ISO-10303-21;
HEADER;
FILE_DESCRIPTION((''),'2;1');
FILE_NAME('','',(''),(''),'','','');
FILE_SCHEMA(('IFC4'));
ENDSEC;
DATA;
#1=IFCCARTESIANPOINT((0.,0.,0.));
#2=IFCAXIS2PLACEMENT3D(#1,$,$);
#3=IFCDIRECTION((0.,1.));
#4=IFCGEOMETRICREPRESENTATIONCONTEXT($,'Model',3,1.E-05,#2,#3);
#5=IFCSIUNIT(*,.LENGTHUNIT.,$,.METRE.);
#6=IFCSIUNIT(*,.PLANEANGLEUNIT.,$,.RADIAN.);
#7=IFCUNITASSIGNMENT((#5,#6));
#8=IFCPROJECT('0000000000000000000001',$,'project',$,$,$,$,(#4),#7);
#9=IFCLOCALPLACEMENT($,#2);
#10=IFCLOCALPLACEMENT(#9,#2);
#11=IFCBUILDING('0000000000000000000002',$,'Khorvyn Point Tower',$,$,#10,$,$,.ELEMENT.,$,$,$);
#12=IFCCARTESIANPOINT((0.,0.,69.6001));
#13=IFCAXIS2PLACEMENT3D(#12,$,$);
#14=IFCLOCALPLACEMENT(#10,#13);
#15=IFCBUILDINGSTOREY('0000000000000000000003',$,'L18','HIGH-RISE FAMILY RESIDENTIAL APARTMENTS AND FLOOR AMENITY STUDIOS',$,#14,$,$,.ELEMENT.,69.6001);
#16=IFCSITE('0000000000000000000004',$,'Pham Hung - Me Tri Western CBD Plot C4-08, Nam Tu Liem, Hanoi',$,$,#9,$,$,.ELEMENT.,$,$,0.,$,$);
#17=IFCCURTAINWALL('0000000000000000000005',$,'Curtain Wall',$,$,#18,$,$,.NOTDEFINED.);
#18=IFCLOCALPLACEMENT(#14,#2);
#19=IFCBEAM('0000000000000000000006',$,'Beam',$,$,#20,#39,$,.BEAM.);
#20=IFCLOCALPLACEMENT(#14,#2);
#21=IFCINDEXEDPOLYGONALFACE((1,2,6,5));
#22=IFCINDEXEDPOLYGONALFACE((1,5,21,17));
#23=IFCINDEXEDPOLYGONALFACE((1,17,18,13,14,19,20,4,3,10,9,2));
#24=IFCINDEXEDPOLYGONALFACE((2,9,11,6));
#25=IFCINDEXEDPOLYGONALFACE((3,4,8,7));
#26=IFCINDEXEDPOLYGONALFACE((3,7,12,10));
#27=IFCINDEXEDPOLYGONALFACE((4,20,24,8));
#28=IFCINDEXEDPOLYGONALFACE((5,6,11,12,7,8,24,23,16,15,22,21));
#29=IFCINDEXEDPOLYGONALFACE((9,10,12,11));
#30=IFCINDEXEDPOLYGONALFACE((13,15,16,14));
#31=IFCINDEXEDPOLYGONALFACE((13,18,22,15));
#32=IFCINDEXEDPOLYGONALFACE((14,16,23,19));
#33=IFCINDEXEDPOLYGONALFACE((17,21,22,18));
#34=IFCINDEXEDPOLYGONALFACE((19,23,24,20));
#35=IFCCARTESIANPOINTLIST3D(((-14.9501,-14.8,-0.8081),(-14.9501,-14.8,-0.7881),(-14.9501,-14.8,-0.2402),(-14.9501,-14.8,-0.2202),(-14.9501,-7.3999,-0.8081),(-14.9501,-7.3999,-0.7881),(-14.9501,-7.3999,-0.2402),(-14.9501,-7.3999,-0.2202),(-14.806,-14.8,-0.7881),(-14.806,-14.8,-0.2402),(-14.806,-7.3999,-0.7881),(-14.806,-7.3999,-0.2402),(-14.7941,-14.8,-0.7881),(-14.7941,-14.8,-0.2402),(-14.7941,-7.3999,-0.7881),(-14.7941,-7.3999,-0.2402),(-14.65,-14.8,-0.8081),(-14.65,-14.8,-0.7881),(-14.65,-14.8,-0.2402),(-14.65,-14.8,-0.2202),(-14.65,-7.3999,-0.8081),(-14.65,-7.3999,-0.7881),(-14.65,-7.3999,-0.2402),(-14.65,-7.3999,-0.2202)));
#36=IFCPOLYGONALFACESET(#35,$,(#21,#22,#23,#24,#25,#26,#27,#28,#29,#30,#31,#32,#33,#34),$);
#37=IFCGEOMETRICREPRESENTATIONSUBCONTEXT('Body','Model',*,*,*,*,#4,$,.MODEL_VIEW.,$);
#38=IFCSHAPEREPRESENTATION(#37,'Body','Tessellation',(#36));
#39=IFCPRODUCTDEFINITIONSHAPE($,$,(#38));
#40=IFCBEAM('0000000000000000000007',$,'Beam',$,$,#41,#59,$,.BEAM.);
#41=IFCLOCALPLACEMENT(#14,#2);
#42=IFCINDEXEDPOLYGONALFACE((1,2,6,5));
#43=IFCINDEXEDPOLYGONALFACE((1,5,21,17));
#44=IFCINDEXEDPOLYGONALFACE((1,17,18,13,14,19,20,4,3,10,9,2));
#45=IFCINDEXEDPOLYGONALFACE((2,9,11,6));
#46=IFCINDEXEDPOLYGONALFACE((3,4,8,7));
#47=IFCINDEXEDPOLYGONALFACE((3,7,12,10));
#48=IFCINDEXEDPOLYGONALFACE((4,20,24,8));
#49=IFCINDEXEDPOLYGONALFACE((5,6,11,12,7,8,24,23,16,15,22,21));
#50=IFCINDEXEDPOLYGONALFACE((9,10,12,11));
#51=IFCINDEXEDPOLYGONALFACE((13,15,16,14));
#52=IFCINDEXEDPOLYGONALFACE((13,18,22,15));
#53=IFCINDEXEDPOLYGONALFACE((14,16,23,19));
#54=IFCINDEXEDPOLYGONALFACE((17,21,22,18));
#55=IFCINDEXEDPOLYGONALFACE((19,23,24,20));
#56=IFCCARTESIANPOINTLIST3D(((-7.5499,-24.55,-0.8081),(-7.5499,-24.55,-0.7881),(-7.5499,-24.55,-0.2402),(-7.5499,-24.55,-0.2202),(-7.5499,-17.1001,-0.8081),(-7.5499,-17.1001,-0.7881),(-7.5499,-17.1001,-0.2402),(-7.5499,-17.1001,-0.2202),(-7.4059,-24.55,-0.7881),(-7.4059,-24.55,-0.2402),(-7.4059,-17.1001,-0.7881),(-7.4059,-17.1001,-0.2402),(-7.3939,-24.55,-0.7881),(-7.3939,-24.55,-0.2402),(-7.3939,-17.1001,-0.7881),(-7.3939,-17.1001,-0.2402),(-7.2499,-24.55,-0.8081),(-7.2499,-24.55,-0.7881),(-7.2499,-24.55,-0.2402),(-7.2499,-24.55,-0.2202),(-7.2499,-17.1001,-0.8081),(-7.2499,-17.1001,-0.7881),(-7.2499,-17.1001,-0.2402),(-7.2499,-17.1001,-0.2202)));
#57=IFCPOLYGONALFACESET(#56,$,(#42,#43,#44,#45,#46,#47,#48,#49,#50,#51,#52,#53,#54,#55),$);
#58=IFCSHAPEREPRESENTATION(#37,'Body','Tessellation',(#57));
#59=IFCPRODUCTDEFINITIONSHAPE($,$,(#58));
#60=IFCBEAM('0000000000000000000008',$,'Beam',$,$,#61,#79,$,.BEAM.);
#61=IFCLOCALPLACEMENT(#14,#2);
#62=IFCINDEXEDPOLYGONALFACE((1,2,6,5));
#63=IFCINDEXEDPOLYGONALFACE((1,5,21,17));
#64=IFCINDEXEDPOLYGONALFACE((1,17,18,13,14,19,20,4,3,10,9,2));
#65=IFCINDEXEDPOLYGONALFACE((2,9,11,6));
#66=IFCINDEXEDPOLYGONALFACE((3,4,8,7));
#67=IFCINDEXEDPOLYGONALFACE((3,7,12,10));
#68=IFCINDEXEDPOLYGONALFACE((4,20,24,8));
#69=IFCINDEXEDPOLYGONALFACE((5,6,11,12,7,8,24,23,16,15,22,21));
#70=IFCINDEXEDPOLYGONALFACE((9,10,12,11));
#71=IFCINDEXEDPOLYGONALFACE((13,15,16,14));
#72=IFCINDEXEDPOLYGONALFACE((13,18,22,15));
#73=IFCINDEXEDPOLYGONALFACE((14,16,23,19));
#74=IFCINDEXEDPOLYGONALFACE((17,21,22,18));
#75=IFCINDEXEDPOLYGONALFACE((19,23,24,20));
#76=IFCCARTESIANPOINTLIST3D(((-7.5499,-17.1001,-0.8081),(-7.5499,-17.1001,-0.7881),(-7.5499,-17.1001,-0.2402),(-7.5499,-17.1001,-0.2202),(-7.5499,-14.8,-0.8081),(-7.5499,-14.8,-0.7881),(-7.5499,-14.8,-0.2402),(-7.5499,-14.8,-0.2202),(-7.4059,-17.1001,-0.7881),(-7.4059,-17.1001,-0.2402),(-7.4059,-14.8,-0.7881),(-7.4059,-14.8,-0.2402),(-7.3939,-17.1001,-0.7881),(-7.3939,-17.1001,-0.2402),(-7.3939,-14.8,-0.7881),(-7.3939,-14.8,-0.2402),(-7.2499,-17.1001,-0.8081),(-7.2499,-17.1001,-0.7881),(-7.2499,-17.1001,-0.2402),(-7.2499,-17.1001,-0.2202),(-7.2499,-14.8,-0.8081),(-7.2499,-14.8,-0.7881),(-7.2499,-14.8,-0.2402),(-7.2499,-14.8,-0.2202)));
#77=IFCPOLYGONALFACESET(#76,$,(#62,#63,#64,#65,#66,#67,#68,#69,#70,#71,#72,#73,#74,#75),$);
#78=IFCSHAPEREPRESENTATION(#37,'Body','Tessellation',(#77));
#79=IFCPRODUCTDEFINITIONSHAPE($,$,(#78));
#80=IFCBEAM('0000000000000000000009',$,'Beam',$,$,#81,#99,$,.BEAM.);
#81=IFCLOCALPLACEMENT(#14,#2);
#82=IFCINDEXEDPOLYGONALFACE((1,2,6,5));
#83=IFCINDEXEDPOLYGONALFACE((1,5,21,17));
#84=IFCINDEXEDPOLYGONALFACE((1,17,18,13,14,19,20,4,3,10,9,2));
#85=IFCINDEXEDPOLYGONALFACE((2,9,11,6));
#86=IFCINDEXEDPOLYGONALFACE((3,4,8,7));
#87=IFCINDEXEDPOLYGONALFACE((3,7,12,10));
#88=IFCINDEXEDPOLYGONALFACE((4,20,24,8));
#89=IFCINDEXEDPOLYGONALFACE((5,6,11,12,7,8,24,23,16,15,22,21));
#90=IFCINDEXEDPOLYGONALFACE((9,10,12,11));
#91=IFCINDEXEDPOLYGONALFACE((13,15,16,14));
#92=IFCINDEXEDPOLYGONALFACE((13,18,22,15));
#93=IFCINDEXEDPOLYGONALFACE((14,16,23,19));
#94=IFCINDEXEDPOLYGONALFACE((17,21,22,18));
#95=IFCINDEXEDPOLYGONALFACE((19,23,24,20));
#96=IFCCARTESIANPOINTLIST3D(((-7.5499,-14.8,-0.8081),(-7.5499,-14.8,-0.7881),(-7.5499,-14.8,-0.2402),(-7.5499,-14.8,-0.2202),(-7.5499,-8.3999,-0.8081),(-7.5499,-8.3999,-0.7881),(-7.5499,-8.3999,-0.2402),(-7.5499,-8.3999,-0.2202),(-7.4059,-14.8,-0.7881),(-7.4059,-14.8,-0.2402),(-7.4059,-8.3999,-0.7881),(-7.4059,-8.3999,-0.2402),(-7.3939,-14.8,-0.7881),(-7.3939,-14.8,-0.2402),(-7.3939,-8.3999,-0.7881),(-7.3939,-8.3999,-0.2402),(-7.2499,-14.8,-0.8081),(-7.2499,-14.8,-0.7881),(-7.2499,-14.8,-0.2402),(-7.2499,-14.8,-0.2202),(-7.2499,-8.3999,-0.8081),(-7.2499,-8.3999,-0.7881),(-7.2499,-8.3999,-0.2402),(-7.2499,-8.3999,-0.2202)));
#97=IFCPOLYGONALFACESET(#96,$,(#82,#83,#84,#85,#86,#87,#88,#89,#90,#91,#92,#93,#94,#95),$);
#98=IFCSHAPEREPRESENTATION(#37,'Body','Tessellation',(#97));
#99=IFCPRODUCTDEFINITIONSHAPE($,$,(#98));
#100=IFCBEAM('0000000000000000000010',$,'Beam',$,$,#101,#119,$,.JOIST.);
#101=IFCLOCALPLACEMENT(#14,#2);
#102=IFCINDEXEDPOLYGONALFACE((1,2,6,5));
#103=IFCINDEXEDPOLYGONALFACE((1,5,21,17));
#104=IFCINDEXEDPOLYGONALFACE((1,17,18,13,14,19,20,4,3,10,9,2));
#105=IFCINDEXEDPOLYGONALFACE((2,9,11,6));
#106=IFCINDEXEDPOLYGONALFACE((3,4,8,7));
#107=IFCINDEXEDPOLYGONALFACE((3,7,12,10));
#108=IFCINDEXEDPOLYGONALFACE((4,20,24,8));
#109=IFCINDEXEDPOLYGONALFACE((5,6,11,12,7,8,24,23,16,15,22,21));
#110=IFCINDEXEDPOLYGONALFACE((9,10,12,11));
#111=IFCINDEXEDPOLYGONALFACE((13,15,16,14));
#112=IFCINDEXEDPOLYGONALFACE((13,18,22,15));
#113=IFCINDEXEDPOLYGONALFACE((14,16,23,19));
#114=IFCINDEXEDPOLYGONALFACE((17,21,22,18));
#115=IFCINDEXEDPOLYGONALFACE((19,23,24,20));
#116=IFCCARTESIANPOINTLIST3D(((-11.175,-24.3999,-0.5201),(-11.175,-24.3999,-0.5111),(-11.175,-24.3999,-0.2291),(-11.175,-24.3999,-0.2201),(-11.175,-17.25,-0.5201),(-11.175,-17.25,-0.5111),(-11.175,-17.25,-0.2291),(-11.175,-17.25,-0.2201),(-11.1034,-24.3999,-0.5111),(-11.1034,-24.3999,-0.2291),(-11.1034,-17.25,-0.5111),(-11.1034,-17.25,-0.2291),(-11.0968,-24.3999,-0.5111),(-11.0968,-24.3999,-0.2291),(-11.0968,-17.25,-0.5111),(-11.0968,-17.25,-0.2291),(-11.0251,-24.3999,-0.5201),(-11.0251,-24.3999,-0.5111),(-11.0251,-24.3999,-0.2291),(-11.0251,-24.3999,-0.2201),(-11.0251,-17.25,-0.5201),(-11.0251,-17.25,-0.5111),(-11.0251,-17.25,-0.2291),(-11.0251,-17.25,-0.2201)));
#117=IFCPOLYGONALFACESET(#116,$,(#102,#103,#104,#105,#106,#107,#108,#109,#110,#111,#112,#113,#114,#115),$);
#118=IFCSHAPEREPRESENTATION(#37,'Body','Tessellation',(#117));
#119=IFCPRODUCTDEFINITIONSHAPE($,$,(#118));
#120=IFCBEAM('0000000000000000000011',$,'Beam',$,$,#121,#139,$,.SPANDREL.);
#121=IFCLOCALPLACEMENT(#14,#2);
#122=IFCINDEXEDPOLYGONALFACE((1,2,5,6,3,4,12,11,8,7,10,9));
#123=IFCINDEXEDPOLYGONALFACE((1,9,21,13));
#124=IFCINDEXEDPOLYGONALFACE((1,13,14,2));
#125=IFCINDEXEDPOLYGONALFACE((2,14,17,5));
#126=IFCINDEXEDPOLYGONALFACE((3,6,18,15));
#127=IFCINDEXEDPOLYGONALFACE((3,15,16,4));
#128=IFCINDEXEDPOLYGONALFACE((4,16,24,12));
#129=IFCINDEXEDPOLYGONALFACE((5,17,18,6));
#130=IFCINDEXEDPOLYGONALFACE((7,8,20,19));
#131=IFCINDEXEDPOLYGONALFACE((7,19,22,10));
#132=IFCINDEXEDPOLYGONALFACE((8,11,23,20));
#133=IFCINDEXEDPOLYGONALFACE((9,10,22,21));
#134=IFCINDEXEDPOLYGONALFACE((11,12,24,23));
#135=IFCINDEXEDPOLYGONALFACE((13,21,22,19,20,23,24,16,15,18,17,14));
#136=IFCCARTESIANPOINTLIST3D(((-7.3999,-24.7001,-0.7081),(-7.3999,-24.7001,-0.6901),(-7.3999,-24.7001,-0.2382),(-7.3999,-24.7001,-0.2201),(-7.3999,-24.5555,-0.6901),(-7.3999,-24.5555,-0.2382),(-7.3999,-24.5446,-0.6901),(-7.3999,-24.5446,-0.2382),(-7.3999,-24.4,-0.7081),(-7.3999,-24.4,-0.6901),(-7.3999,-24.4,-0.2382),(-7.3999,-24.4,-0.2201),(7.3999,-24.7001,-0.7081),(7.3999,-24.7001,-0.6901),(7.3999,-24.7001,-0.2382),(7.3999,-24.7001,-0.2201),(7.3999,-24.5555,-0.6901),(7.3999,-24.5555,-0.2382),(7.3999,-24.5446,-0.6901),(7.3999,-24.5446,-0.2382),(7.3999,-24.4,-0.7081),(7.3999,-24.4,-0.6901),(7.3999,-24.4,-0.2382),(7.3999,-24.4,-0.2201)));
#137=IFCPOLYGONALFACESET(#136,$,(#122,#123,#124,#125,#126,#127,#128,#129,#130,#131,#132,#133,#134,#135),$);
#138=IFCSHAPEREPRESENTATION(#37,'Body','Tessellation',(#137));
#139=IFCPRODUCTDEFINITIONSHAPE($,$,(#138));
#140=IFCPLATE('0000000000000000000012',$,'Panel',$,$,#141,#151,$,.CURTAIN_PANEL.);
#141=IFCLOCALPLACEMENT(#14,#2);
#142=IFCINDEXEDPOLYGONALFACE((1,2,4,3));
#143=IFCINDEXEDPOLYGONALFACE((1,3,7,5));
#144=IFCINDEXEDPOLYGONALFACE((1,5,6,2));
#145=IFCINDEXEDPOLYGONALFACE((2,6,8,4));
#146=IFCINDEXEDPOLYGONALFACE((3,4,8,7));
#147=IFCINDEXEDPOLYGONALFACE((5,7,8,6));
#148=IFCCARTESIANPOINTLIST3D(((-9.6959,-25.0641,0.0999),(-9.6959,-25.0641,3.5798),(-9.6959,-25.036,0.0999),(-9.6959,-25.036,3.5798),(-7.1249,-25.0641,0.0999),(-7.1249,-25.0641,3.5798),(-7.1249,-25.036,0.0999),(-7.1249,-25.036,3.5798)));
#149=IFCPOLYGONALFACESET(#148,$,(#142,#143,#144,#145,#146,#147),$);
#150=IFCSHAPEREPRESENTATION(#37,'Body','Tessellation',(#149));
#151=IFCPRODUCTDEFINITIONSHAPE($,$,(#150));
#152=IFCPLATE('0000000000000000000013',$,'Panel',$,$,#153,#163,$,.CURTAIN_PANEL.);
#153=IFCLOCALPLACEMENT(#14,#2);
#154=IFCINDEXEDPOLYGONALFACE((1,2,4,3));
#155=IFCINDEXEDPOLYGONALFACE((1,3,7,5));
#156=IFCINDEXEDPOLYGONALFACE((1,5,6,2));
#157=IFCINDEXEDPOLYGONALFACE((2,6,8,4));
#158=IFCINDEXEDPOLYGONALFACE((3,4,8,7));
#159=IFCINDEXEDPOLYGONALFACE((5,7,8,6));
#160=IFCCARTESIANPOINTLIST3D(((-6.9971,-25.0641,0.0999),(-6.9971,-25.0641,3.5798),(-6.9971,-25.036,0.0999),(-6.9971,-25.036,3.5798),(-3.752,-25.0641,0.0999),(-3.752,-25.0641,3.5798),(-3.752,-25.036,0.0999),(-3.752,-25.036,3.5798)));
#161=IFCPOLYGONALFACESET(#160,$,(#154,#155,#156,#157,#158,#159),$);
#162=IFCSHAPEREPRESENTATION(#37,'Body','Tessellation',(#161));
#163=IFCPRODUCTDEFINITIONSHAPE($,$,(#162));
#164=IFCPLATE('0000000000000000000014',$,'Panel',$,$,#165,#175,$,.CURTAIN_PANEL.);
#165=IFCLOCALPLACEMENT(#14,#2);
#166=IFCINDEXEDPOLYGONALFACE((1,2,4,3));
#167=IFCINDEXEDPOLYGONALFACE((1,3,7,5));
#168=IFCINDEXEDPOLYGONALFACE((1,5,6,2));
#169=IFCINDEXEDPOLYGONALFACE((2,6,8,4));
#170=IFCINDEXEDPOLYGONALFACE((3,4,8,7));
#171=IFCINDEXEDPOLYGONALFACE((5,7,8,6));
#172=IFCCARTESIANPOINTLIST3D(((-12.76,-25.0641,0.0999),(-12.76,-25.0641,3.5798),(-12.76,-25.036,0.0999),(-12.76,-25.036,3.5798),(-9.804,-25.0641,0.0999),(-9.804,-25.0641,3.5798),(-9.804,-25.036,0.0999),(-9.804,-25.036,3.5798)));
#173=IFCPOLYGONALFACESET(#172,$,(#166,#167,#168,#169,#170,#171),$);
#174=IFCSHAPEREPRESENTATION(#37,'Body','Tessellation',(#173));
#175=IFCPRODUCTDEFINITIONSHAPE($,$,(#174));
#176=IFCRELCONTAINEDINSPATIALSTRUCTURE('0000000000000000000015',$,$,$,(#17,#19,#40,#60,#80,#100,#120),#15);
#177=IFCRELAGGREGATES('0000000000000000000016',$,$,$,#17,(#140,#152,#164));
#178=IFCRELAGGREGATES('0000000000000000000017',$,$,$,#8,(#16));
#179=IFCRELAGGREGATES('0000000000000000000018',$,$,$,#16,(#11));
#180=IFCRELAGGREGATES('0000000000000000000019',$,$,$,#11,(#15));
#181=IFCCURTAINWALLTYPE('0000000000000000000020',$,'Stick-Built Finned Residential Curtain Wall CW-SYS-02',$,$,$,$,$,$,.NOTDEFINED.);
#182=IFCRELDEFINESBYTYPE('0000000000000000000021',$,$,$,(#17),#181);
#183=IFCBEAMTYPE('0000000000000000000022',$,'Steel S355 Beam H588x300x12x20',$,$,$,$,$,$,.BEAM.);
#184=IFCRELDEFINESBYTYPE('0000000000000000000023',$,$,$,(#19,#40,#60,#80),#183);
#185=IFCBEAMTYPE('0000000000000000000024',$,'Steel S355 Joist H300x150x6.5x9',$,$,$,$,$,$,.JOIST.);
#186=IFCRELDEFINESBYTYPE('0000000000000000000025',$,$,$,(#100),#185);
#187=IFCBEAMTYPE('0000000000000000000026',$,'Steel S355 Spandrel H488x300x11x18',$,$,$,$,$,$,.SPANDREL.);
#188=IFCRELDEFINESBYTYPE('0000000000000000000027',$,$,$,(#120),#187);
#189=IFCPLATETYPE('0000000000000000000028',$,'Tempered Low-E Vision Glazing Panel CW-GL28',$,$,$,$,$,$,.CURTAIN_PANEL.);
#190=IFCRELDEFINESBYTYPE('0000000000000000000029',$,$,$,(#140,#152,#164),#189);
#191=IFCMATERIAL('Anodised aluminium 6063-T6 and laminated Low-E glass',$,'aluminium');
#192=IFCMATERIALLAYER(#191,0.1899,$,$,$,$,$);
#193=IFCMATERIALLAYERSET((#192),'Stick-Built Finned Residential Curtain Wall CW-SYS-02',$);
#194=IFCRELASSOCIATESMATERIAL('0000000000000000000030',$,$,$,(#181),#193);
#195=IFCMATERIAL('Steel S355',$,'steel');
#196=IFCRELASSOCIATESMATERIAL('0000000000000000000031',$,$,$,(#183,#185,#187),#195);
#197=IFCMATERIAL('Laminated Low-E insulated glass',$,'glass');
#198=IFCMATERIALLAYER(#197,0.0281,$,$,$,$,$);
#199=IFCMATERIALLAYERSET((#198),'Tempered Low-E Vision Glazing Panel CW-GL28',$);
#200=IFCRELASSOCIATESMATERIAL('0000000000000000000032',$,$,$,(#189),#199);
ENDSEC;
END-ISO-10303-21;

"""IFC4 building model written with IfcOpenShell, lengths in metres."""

from ifc_helpers import new_model, si_unit, direction, frame, origin, origin_2d, place, context, subcontext, project, spatial, rectangle, i_section, extrude, material, layer, layer_set, material_profile, profile_set, type_object, element, aggregate, save


model = new_model("IFC4")

# Units and contexts
model_context = context("Model", 3, precision=1e-05, world=origin(), true_north=direction((0.0, 1.0)))
body_context = subcontext(model_context, "Body", "Model", "MODEL_VIEW")
ifc_project = project(units=[si_unit("LENGTHUNIT", "METRE"), si_unit("PLANEANGLEUNIT", "RADIAN")], contexts=[model_context])

# Site, building, storey
site_placement = place(None, origin())
site = spatial("IfcSite", under=ifc_project, at=site_placement, Name="Pham Hung - Me Tri Western CBD Plot C4-08, Nam Tu Liem, Hanoi", CompositionType="ELEMENT", RefElevation=0.0)
building_placement = place(site_placement, origin())
building = spatial("IfcBuilding", under=site, at=building_placement, Name="Khorvyn Point Tower", CompositionType="ELEMENT")
storey_placement = place(building_placement, frame((0.0, 0.0, 69.6001)))
storey = spatial("IfcBuildingStorey", under=building, at=storey_placement, Name="L18", Description="HIGH-RISE FAMILY RESIDENTIAL APARTMENTS AND FLOOR AMENITY STUDIOS", CompositionType="ELEMENT", Elevation=69.6001)

# Curtain wall
ifc_material_1 = material(Name="Anodised aluminium 6063-T6 and laminated Low-E glass", Category="aluminium")
ifc_layer_1 = layer(ifc_material_1, 0.1899)
ifc_layer_set_1 = layer_set([ifc_layer_1], Name="Stick-Built Finned Residential Curtain Wall CW-SYS-02")
curtain_wall_type = type_object("IfcCurtainWallType", Name="Stick-Built Finned Residential Curtain Wall CW-SYS-02", PredefinedType="NOTDEFINED", material=ifc_layer_set_1)
curtain_wall_placement = place(storey_placement, origin())
curtain_wall = element("IfcCurtainWall", 1, at=curtain_wall_placement, inside=storey, type_object=curtain_wall_type, Name="Curtain Wall", PredefinedType="NOTDEFINED")

# Beams
ifc_material_2 = material(Name="Steel S355", Category="steel")
ifc_material_profile_1 = material_profile(ifc_material_2, i_section(OverallWidth=0.3, OverallDepth=0.5879, WebThickness=0.012, FlangeThickness=0.02, at=origin_2d()))
ifc_profile_set_1 = profile_set([ifc_material_profile_1], Name="Steel S355 H588x300x12x20")
beam_type_1 = type_object("IfcBeamType", Name="Steel S355 Beam H588x300x12x20", PredefinedType="BEAM", material=ifc_profile_set_1)
beam_1_placement = place(storey_placement, frame((-14.8, -14.8, -0.5142), z_axis=(0.0, 1.0, 0.0), x_axis=(-1.0, 0.0, 0.0)))
element("IfcBeam", 2, at=beam_1_placement, inside=storey, type_object=beam_type_1, Name="Beam", PredefinedType="BEAM", context=body_context, shape_type="SweptSolid", body=[
    extrude(i_section(OverallWidth=0.3, OverallDepth=0.5879, WebThickness=0.012, FlangeThickness=0.02, at=origin_2d()), origin(), (0.0, 0.0, 1.0), 7.4001),
])
beam_2_placement = place(storey_placement, frame((-7.3999, -24.55, -0.5142), z_axis=(0.0, 1.0, 0.0), x_axis=(-1.0, 0.0, 0.0)))
element("IfcBeam", 3, at=beam_2_placement, inside=storey, type_object=beam_type_1, Name="Beam", PredefinedType="BEAM", context=body_context, shape_type="SweptSolid", body=[
    extrude(i_section(OverallWidth=0.3, OverallDepth=0.5879, WebThickness=0.012, FlangeThickness=0.02, at=origin_2d()), origin(), (0.0, 0.0, 1.0), 7.45),
])
beam_3_placement = place(storey_placement, frame((-7.3999, -17.1001, -0.5142), z_axis=(0.0, 1.0, 0.0), x_axis=(-1.0, 0.0, 0.0)))
element("IfcBeam", 4, at=beam_3_placement, inside=storey, type_object=beam_type_1, Name="Beam", PredefinedType="BEAM", context=body_context, shape_type="SweptSolid", body=[
    extrude(i_section(OverallWidth=0.3, OverallDepth=0.5879, WebThickness=0.012, FlangeThickness=0.02, at=origin_2d()), origin(), (0.0, 0.0, 1.0), 2.3),
])
beam_4_placement = place(storey_placement, frame((-7.3999, -14.8, -0.5142), z_axis=(0.0, 1.0, 0.0), x_axis=(-1.0, 0.0, 0.0)))
element("IfcBeam", 5, at=beam_4_placement, inside=storey, type_object=beam_type_1, Name="Beam", PredefinedType="BEAM", context=body_context, shape_type="SweptSolid", body=[
    extrude(i_section(OverallWidth=0.3, OverallDepth=0.5879, WebThickness=0.012, FlangeThickness=0.02, at=origin_2d()), origin(), (0.0, 0.0, 1.0), 6.4001),
])
ifc_material_profile_2 = material_profile(ifc_material_2, i_section(OverallWidth=0.1499, OverallDepth=0.3, WebThickness=0.0066, FlangeThickness=0.009, at=origin_2d()))
ifc_profile_set_2 = profile_set([ifc_material_profile_2], Name="Steel S355 H300x150x6.5x9")
beam_type_2 = type_object("IfcBeamType", Name="Steel S355 Joist H300x150x6.5x9", PredefinedType="JOIST", material=ifc_profile_set_2)
beam_5_placement = place(storey_placement, frame((-11.1001, -24.3999, -0.3701), z_axis=(0.0, 1.0, 0.0), x_axis=(-1.0, 0.0, 0.0)))
element("IfcBeam", 6, at=beam_5_placement, inside=storey, type_object=beam_type_2, Name="Beam", PredefinedType="JOIST", context=body_context, shape_type="SweptSolid", body=[
    extrude(i_section(OverallWidth=0.1499, OverallDepth=0.3, WebThickness=0.0066, FlangeThickness=0.009, at=origin_2d()), origin(), (0.0, 0.0, 1.0), 7.1499),
])
ifc_material_profile_3 = material_profile(ifc_material_2, i_section(OverallWidth=0.3, OverallDepth=0.488, WebThickness=0.011, FlangeThickness=0.0181, at=origin_2d()))
ifc_profile_set_3 = profile_set([ifc_material_profile_3], Name="Steel S355 H488x300x11x18")
beam_type_3 = type_object("IfcBeamType", Name="Steel S355 Spandrel H488x300x11x18", PredefinedType="SPANDREL", material=ifc_profile_set_3)
beam_6_placement = place(storey_placement, frame((-7.3999, -24.55, -0.4641), z_axis=(1.0, 0.0, 0.0), x_axis=(0.0, 1.0, 0.0)))
element("IfcBeam", 7, at=beam_6_placement, inside=storey, type_object=beam_type_3, Name="Beam", PredefinedType="SPANDREL", context=body_context, shape_type="SweptSolid", body=[
    extrude(i_section(OverallWidth=0.3, OverallDepth=0.488, WebThickness=0.011, FlangeThickness=0.0181, at=origin_2d()), origin(), (0.0, 0.0, 1.0), 14.7998),
])

# Plates
ifc_material_3 = material(Name="Laminated Low-E insulated glass", Category="glass")
ifc_layer_2 = layer(ifc_material_3, 0.0281)
ifc_layer_set_2 = layer_set([ifc_layer_2], Name="Tempered Low-E Vision Glazing Panel CW-GL28")
plate_type = type_object("IfcPlateType", Name="Tempered Low-E Vision Glazing Panel CW-GL28", PredefinedType="CURTAIN_PANEL", material=ifc_layer_set_2)
plate_1_placement = place(storey_placement, frame((-8.4104, -25.05, 0.0999), z_axis=(0.0, 0.0, 1.0), x_axis=(-1.0, 0.0, 0.0)))
plate_1 = element("IfcPlate", 8, at=plate_1_placement, type_object=plate_type, Name="Panel", PredefinedType="CURTAIN_PANEL", context=body_context, shape_type="SweptSolid", body=[
    extrude(rectangle(XDim=2.571, YDim=0.0281, at=origin_2d()), origin(), (0.0, 0.0, 1.0), 3.48),
])
plate_2_placement = place(storey_placement, frame((-5.3745, -25.05, 0.0999), z_axis=(0.0, 0.0, 1.0), x_axis=(-1.0, 0.0, 0.0)))
plate_2 = element("IfcPlate", 9, at=plate_2_placement, type_object=plate_type, Name="Panel", PredefinedType="CURTAIN_PANEL", context=body_context, shape_type="SweptSolid", body=[
    extrude(rectangle(XDim=3.2451, YDim=0.0281, at=origin_2d()), origin(), (0.0, 0.0, 1.0), 3.48),
])
plate_3_placement = place(storey_placement, frame((-11.282, -25.05, 0.0999), z_axis=(0.0, 0.0, 1.0), x_axis=(-1.0, 0.0, 0.0)))
plate_3 = element("IfcPlate", 10, at=plate_3_placement, type_object=plate_type, Name="Panel", PredefinedType="CURTAIN_PANEL", context=body_context, shape_type="SweptSolid", body=[
    extrude(rectangle(XDim=2.9561, YDim=0.0281, at=origin_2d()), origin(), (0.0, 0.0, 1.0), 3.48),
])
aggregate(curtain_wall, [plate_1, plate_2, plate_3])

save(model, "model.ifc")
